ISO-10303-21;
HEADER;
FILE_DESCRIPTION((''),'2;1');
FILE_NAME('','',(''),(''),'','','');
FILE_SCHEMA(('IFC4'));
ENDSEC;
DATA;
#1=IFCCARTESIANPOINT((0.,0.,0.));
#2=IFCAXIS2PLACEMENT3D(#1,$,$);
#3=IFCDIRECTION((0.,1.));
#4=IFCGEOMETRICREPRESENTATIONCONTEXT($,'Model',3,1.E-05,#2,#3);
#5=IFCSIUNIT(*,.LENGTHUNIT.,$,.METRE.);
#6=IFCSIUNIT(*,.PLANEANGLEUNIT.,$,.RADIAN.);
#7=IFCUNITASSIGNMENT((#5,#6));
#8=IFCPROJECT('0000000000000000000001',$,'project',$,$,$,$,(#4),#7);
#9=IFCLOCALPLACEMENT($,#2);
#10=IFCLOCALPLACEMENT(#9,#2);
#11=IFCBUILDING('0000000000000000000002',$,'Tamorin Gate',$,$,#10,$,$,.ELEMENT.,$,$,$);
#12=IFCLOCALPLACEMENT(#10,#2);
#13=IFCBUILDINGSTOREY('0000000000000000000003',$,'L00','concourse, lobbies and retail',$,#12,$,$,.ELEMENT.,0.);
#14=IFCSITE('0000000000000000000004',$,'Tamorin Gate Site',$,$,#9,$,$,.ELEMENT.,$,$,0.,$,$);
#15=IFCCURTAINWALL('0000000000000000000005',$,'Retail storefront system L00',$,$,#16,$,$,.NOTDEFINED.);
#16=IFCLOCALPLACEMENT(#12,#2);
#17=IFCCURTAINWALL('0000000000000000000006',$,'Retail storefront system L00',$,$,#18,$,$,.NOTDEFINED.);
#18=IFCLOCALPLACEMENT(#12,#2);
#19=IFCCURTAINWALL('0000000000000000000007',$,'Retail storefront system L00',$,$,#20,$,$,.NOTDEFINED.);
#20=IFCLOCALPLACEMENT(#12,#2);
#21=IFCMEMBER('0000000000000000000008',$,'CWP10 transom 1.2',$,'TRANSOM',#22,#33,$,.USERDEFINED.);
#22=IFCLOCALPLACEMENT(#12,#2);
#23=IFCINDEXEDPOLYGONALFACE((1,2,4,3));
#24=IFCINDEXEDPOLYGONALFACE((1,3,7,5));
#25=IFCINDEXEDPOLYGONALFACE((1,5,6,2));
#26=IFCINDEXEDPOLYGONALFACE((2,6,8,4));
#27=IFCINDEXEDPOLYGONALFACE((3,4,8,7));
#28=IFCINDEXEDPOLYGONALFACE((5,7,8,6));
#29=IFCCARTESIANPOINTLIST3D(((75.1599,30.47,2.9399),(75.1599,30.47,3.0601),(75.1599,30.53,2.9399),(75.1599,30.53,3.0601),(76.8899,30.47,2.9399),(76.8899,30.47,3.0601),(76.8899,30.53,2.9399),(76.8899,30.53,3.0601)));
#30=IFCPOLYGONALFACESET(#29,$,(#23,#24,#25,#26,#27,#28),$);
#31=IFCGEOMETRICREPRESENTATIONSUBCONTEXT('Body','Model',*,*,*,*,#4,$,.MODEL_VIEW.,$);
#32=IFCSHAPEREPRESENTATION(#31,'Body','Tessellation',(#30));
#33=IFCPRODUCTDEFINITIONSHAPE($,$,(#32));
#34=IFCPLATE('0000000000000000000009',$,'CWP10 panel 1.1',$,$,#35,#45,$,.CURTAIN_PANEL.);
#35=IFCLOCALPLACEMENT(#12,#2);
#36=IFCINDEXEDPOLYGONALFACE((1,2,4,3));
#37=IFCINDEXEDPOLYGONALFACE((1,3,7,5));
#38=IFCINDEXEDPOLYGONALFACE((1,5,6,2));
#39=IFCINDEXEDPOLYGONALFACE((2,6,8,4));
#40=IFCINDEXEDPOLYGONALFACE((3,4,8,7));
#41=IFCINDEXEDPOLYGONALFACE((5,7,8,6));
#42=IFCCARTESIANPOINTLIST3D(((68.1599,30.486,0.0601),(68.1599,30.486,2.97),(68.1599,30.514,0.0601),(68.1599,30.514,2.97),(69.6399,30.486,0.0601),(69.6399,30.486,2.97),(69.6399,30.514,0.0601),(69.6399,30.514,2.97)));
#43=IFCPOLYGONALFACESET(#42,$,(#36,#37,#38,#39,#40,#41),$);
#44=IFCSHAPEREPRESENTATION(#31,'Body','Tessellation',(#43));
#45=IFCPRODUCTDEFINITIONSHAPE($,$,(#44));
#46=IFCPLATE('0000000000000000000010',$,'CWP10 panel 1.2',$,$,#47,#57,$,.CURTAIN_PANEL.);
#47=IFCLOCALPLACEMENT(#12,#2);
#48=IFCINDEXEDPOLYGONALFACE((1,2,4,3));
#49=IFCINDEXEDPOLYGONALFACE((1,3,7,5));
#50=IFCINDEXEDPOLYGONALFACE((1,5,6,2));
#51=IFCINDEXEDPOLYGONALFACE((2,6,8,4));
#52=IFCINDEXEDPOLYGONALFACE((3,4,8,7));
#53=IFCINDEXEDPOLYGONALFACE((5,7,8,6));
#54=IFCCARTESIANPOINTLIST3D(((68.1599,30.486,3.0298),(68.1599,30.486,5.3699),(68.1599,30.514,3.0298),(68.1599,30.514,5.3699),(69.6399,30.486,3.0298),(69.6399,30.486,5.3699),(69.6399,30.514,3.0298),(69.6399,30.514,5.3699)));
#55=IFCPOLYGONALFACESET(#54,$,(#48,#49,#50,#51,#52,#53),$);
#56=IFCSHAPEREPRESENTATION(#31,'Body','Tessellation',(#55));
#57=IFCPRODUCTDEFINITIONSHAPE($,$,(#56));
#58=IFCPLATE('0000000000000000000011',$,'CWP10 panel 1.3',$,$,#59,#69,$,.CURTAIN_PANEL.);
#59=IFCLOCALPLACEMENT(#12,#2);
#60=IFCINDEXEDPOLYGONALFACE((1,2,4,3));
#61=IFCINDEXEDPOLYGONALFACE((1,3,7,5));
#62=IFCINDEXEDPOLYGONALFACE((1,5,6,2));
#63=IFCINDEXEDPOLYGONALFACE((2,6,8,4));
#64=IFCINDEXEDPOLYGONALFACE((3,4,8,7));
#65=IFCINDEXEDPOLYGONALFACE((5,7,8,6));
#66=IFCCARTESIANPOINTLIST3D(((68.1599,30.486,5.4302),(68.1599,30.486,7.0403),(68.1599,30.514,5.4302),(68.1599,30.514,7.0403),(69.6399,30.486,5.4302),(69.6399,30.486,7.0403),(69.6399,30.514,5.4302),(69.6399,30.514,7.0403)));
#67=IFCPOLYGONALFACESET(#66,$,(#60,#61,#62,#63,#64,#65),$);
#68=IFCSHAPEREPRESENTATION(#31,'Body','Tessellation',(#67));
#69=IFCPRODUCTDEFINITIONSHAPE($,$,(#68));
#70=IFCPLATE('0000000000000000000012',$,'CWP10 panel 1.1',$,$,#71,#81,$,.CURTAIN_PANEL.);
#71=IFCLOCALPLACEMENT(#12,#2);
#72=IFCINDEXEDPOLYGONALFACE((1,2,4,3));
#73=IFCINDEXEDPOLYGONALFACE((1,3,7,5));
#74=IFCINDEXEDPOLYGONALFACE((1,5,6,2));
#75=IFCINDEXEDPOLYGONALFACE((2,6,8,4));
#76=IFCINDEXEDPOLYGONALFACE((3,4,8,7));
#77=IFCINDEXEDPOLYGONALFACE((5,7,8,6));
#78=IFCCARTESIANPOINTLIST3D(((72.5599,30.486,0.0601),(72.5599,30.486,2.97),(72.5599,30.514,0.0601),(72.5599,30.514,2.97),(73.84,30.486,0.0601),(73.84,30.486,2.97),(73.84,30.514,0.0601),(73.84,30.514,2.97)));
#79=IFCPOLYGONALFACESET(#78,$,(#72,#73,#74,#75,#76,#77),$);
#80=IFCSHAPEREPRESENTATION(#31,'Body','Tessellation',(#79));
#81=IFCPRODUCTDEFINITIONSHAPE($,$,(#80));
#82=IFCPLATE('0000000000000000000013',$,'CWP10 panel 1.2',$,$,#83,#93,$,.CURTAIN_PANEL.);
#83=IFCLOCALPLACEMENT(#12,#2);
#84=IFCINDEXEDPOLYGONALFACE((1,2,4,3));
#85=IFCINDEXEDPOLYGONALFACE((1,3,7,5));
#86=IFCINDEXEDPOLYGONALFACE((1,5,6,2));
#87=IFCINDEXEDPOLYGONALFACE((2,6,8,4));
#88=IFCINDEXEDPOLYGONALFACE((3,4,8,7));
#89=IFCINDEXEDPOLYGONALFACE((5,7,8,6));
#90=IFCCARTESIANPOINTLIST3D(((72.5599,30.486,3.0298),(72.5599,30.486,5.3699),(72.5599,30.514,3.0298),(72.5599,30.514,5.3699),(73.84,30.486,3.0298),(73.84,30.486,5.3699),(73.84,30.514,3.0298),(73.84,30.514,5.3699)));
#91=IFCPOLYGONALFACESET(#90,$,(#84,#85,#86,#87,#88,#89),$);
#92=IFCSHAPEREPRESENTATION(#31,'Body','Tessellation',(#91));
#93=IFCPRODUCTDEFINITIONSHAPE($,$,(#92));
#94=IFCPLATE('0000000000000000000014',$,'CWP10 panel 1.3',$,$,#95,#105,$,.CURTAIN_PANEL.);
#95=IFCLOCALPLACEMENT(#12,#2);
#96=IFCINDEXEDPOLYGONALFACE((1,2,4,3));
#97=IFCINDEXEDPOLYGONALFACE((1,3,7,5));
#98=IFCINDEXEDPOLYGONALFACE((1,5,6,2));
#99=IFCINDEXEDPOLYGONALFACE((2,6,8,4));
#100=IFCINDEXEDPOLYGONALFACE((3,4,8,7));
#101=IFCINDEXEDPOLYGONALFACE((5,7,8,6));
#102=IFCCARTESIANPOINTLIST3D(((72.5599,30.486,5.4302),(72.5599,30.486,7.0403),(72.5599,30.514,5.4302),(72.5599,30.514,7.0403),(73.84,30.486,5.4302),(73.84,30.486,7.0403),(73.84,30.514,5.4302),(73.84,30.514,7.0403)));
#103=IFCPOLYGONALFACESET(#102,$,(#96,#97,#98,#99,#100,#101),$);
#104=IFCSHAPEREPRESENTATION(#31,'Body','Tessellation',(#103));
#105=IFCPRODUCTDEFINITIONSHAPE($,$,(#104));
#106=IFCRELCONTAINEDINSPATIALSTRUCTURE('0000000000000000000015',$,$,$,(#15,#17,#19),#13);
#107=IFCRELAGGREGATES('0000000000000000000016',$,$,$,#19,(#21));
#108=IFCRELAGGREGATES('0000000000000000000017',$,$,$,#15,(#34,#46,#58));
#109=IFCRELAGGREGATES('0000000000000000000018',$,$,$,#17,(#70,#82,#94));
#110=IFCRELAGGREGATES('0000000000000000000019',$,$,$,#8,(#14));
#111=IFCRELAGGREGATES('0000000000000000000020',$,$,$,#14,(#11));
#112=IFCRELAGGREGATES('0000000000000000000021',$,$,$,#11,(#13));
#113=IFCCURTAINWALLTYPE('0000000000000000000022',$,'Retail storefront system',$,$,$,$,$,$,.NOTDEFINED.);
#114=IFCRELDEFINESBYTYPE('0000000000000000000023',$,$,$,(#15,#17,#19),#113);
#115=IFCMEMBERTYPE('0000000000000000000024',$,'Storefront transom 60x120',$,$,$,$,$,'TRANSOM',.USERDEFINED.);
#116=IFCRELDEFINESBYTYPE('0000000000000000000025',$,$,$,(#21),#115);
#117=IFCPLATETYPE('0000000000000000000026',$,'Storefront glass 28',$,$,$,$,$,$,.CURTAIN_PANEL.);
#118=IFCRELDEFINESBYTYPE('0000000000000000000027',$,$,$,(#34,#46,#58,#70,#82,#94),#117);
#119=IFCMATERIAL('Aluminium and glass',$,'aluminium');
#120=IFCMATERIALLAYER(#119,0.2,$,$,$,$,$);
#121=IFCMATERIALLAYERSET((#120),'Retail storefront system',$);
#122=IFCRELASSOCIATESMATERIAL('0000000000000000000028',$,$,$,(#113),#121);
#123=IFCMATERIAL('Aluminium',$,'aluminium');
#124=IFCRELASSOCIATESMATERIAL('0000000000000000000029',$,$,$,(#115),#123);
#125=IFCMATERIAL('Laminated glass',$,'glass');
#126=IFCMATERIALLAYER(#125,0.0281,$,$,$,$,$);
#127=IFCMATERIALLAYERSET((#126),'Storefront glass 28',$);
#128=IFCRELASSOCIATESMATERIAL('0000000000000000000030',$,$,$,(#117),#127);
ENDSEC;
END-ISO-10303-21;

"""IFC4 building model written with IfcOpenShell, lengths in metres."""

from ifc_helpers import new_model, si_unit, direction, frame, origin, origin_2d, place, context, subcontext, project, spatial, rectangle, extrude, material, layer, layer_set, material_profile, profile_set, type_object, element, aggregate, save


model = new_model("IFC4")

# Units and contexts
model_context = context("Model", 3, precision=1e-05, world=origin(), true_north=direction((0.0, 1.0)))
body_context = subcontext(model_context, "Body", "Model", "MODEL_VIEW")
ifc_project = project(units=[si_unit("LENGTHUNIT", "METRE"), si_unit("PLANEANGLEUNIT", "RADIAN")], contexts=[model_context])

# Site, building, storey
site_placement = place(None, origin())
site = spatial("IfcSite", under=ifc_project, at=site_placement, Name="Tamorin Gate Site", CompositionType="ELEMENT", RefElevation=0.0)
building_placement = place(site_placement, origin())
building = spatial("IfcBuilding", under=site, at=building_placement, Name="Tamorin Gate", CompositionType="ELEMENT")
storey_placement = place(building_placement, origin())
storey = spatial("IfcBuildingStorey", under=building, at=storey_placement, Name="L00", Description="concourse, lobbies and retail", CompositionType="ELEMENT", Elevation=0.0)

# Curtain wall
ifc_material_1 = material(Name="Aluminium and glass", Category="aluminium")
ifc_layer_1 = layer(ifc_material_1, 0.2)
ifc_layer_set_1 = layer_set([ifc_layer_1], Name="Retail storefront system")
curtain_wall_type = type_object("IfcCurtainWallType", Name="Retail storefront system", PredefinedType="NOTDEFINED", material=ifc_layer_set_1)
curtain_wall_1_placement = place(storey_placement, origin())
curtain_wall_1 = element("IfcCurtainWall", 1, at=curtain_wall_1_placement, inside=storey, type_object=curtain_wall_type, Name="Retail storefront system L00", PredefinedType="NOTDEFINED")
ifc_material_2 = material(Name="Aluminium", Category="aluminium")

# Curtain wall
curtain_wall_2_placement = place(storey_placement, origin())
curtain_wall_2 = element("IfcCurtainWall", 2, at=curtain_wall_2_placement, inside=storey, type_object=curtain_wall_type, Name="Retail storefront system L00", PredefinedType="NOTDEFINED")

# Curtain wall
curtain_wall_3_placement = place(storey_placement, origin())
curtain_wall_3 = element("IfcCurtainWall", 3, at=curtain_wall_3_placement, inside=storey, type_object=curtain_wall_type, Name="Retail storefront system L00", PredefinedType="NOTDEFINED")

# Member
ifc_material_profile_1 = material_profile(ifc_material_2, rectangle(XDim=0.0601, YDim=0.1201, at=origin_2d()), Name="RECT 60x120")
ifc_profile_set_1 = profile_set([ifc_material_profile_1], Name="Aluminium")
member_type_1 = type_object("IfcMemberType", Name="Storefront transom 60x120", ElementType="TRANSOM", PredefinedType="USERDEFINED", material=ifc_profile_set_1)
member_1_placement = place(storey_placement, frame((75.1599, 30.5, 3.0), z_axis=(1.0, 0.0, 0.0), x_axis=(0.0, 1.0, 0.0)))
member_1 = element("IfcMember", 4, at=member_1_placement, type_object=member_type_1, Name="CWP10 transom 1.2", ObjectType="TRANSOM", PredefinedType="USERDEFINED", context=body_context, shape_type="SweptSolid", body=[
    extrude(rectangle(XDim=0.0601, YDim=0.1201, at=origin_2d()), origin(), (0.0, 0.0, 1.0), 1.73),
])
aggregate(curtain_wall_3, [member_1])

# Plates
ifc_material_3 = material(Name="Laminated glass", Category="glass")
ifc_layer_2 = layer(ifc_material_3, 0.0281)
ifc_layer_set_2 = layer_set([ifc_layer_2], Name="Storefront glass 28")
plate_type = type_object("IfcPlateType", Name="Storefront glass 28", PredefinedType="CURTAIN_PANEL", material=ifc_layer_set_2)
plate_1_placement = place(storey_placement, frame((68.8999, 30.5, 0.0601), z_axis=(0.0, 0.0, 1.0), x_axis=(1.0, 0.0, 0.0)))
plate_1 = element("IfcPlate", 5, at=plate_1_placement, type_object=plate_type, Name="CWP10 panel 1.1", PredefinedType="CURTAIN_PANEL", context=body_context, shape_type="SweptSolid", body=[
    extrude(rectangle(XDim=1.48, YDim=0.0281, at=origin_2d()), origin(), (0.0, 0.0, 1.0), 2.9099),
])
plate_2_placement = place(storey_placement, frame((68.8999, 30.5, 3.0298), z_axis=(0.0, 0.0, 1.0), x_axis=(1.0, 0.0, 0.0)))
plate_2 = element("IfcPlate", 6, at=plate_2_placement, type_object=plate_type, Name="CWP10 panel 1.2", PredefinedType="CURTAIN_PANEL", context=body_context, shape_type="SweptSolid", body=[
    extrude(rectangle(XDim=1.48, YDim=0.0281, at=origin_2d()), origin(), (0.0, 0.0, 1.0), 2.3401),
])
plate_3_placement = place(storey_placement, frame((68.8999, 30.5, 5.4302), z_axis=(0.0, 0.0, 1.0), x_axis=(1.0, 0.0, 0.0)))
plate_3 = element("IfcPlate", 7, at=plate_3_placement, type_object=plate_type, Name="CWP10 panel 1.3", PredefinedType="CURTAIN_PANEL", context=body_context, shape_type="SweptSolid", body=[
    extrude(rectangle(XDim=1.48, YDim=0.0281, at=origin_2d()), origin(), (0.0, 0.0, 1.0), 1.6101),
])
aggregate(curtain_wall_1, [plate_1, plate_2, plate_3])
plate_4_placement = place(storey_placement, frame((73.2, 30.5, 0.0601), z_axis=(0.0, 0.0, 1.0), x_axis=(1.0, 0.0, 0.0)))
plate_4 = element("IfcPlate", 8, at=plate_4_placement, type_object=plate_type, Name="CWP10 panel 1.1", PredefinedType="CURTAIN_PANEL", context=body_context, shape_type="SweptSolid", body=[
    extrude(rectangle(XDim=1.28, YDim=0.0281, at=origin_2d()), origin(), (0.0, 0.0, 1.0), 2.9099),
])
plate_5_placement = place(storey_placement, frame((73.2, 30.5, 3.0298), z_axis=(0.0, 0.0, 1.0), x_axis=(1.0, 0.0, 0.0)))
plate_5 = element("IfcPlate", 9, at=plate_5_placement, type_object=plate_type, Name="CWP10 panel 1.2", PredefinedType="CURTAIN_PANEL", context=body_context, shape_type="SweptSolid", body=[
    extrude(rectangle(XDim=1.28, YDim=0.0281, at=origin_2d()), origin(), (0.0, 0.0, 1.0), 2.3401),
])
plate_6_placement = place(storey_placement, frame((73.2, 30.5, 5.4302), z_axis=(0.0, 0.0, 1.0), x_axis=(1.0, 0.0, 0.0)))
plate_6 = element("IfcPlate", 10, at=plate_6_placement, type_object=plate_type, Name="CWP10 panel 1.3", PredefinedType="CURTAIN_PANEL", context=body_context, shape_type="SweptSolid", body=[
    extrude(rectangle(XDim=1.28, YDim=0.0281, at=origin_2d()), origin(), (0.0, 0.0, 1.0), 1.6101),
])
aggregate(curtain_wall_2, [plate_4, plate_5, plate_6])

save(model, "model.ifc")
